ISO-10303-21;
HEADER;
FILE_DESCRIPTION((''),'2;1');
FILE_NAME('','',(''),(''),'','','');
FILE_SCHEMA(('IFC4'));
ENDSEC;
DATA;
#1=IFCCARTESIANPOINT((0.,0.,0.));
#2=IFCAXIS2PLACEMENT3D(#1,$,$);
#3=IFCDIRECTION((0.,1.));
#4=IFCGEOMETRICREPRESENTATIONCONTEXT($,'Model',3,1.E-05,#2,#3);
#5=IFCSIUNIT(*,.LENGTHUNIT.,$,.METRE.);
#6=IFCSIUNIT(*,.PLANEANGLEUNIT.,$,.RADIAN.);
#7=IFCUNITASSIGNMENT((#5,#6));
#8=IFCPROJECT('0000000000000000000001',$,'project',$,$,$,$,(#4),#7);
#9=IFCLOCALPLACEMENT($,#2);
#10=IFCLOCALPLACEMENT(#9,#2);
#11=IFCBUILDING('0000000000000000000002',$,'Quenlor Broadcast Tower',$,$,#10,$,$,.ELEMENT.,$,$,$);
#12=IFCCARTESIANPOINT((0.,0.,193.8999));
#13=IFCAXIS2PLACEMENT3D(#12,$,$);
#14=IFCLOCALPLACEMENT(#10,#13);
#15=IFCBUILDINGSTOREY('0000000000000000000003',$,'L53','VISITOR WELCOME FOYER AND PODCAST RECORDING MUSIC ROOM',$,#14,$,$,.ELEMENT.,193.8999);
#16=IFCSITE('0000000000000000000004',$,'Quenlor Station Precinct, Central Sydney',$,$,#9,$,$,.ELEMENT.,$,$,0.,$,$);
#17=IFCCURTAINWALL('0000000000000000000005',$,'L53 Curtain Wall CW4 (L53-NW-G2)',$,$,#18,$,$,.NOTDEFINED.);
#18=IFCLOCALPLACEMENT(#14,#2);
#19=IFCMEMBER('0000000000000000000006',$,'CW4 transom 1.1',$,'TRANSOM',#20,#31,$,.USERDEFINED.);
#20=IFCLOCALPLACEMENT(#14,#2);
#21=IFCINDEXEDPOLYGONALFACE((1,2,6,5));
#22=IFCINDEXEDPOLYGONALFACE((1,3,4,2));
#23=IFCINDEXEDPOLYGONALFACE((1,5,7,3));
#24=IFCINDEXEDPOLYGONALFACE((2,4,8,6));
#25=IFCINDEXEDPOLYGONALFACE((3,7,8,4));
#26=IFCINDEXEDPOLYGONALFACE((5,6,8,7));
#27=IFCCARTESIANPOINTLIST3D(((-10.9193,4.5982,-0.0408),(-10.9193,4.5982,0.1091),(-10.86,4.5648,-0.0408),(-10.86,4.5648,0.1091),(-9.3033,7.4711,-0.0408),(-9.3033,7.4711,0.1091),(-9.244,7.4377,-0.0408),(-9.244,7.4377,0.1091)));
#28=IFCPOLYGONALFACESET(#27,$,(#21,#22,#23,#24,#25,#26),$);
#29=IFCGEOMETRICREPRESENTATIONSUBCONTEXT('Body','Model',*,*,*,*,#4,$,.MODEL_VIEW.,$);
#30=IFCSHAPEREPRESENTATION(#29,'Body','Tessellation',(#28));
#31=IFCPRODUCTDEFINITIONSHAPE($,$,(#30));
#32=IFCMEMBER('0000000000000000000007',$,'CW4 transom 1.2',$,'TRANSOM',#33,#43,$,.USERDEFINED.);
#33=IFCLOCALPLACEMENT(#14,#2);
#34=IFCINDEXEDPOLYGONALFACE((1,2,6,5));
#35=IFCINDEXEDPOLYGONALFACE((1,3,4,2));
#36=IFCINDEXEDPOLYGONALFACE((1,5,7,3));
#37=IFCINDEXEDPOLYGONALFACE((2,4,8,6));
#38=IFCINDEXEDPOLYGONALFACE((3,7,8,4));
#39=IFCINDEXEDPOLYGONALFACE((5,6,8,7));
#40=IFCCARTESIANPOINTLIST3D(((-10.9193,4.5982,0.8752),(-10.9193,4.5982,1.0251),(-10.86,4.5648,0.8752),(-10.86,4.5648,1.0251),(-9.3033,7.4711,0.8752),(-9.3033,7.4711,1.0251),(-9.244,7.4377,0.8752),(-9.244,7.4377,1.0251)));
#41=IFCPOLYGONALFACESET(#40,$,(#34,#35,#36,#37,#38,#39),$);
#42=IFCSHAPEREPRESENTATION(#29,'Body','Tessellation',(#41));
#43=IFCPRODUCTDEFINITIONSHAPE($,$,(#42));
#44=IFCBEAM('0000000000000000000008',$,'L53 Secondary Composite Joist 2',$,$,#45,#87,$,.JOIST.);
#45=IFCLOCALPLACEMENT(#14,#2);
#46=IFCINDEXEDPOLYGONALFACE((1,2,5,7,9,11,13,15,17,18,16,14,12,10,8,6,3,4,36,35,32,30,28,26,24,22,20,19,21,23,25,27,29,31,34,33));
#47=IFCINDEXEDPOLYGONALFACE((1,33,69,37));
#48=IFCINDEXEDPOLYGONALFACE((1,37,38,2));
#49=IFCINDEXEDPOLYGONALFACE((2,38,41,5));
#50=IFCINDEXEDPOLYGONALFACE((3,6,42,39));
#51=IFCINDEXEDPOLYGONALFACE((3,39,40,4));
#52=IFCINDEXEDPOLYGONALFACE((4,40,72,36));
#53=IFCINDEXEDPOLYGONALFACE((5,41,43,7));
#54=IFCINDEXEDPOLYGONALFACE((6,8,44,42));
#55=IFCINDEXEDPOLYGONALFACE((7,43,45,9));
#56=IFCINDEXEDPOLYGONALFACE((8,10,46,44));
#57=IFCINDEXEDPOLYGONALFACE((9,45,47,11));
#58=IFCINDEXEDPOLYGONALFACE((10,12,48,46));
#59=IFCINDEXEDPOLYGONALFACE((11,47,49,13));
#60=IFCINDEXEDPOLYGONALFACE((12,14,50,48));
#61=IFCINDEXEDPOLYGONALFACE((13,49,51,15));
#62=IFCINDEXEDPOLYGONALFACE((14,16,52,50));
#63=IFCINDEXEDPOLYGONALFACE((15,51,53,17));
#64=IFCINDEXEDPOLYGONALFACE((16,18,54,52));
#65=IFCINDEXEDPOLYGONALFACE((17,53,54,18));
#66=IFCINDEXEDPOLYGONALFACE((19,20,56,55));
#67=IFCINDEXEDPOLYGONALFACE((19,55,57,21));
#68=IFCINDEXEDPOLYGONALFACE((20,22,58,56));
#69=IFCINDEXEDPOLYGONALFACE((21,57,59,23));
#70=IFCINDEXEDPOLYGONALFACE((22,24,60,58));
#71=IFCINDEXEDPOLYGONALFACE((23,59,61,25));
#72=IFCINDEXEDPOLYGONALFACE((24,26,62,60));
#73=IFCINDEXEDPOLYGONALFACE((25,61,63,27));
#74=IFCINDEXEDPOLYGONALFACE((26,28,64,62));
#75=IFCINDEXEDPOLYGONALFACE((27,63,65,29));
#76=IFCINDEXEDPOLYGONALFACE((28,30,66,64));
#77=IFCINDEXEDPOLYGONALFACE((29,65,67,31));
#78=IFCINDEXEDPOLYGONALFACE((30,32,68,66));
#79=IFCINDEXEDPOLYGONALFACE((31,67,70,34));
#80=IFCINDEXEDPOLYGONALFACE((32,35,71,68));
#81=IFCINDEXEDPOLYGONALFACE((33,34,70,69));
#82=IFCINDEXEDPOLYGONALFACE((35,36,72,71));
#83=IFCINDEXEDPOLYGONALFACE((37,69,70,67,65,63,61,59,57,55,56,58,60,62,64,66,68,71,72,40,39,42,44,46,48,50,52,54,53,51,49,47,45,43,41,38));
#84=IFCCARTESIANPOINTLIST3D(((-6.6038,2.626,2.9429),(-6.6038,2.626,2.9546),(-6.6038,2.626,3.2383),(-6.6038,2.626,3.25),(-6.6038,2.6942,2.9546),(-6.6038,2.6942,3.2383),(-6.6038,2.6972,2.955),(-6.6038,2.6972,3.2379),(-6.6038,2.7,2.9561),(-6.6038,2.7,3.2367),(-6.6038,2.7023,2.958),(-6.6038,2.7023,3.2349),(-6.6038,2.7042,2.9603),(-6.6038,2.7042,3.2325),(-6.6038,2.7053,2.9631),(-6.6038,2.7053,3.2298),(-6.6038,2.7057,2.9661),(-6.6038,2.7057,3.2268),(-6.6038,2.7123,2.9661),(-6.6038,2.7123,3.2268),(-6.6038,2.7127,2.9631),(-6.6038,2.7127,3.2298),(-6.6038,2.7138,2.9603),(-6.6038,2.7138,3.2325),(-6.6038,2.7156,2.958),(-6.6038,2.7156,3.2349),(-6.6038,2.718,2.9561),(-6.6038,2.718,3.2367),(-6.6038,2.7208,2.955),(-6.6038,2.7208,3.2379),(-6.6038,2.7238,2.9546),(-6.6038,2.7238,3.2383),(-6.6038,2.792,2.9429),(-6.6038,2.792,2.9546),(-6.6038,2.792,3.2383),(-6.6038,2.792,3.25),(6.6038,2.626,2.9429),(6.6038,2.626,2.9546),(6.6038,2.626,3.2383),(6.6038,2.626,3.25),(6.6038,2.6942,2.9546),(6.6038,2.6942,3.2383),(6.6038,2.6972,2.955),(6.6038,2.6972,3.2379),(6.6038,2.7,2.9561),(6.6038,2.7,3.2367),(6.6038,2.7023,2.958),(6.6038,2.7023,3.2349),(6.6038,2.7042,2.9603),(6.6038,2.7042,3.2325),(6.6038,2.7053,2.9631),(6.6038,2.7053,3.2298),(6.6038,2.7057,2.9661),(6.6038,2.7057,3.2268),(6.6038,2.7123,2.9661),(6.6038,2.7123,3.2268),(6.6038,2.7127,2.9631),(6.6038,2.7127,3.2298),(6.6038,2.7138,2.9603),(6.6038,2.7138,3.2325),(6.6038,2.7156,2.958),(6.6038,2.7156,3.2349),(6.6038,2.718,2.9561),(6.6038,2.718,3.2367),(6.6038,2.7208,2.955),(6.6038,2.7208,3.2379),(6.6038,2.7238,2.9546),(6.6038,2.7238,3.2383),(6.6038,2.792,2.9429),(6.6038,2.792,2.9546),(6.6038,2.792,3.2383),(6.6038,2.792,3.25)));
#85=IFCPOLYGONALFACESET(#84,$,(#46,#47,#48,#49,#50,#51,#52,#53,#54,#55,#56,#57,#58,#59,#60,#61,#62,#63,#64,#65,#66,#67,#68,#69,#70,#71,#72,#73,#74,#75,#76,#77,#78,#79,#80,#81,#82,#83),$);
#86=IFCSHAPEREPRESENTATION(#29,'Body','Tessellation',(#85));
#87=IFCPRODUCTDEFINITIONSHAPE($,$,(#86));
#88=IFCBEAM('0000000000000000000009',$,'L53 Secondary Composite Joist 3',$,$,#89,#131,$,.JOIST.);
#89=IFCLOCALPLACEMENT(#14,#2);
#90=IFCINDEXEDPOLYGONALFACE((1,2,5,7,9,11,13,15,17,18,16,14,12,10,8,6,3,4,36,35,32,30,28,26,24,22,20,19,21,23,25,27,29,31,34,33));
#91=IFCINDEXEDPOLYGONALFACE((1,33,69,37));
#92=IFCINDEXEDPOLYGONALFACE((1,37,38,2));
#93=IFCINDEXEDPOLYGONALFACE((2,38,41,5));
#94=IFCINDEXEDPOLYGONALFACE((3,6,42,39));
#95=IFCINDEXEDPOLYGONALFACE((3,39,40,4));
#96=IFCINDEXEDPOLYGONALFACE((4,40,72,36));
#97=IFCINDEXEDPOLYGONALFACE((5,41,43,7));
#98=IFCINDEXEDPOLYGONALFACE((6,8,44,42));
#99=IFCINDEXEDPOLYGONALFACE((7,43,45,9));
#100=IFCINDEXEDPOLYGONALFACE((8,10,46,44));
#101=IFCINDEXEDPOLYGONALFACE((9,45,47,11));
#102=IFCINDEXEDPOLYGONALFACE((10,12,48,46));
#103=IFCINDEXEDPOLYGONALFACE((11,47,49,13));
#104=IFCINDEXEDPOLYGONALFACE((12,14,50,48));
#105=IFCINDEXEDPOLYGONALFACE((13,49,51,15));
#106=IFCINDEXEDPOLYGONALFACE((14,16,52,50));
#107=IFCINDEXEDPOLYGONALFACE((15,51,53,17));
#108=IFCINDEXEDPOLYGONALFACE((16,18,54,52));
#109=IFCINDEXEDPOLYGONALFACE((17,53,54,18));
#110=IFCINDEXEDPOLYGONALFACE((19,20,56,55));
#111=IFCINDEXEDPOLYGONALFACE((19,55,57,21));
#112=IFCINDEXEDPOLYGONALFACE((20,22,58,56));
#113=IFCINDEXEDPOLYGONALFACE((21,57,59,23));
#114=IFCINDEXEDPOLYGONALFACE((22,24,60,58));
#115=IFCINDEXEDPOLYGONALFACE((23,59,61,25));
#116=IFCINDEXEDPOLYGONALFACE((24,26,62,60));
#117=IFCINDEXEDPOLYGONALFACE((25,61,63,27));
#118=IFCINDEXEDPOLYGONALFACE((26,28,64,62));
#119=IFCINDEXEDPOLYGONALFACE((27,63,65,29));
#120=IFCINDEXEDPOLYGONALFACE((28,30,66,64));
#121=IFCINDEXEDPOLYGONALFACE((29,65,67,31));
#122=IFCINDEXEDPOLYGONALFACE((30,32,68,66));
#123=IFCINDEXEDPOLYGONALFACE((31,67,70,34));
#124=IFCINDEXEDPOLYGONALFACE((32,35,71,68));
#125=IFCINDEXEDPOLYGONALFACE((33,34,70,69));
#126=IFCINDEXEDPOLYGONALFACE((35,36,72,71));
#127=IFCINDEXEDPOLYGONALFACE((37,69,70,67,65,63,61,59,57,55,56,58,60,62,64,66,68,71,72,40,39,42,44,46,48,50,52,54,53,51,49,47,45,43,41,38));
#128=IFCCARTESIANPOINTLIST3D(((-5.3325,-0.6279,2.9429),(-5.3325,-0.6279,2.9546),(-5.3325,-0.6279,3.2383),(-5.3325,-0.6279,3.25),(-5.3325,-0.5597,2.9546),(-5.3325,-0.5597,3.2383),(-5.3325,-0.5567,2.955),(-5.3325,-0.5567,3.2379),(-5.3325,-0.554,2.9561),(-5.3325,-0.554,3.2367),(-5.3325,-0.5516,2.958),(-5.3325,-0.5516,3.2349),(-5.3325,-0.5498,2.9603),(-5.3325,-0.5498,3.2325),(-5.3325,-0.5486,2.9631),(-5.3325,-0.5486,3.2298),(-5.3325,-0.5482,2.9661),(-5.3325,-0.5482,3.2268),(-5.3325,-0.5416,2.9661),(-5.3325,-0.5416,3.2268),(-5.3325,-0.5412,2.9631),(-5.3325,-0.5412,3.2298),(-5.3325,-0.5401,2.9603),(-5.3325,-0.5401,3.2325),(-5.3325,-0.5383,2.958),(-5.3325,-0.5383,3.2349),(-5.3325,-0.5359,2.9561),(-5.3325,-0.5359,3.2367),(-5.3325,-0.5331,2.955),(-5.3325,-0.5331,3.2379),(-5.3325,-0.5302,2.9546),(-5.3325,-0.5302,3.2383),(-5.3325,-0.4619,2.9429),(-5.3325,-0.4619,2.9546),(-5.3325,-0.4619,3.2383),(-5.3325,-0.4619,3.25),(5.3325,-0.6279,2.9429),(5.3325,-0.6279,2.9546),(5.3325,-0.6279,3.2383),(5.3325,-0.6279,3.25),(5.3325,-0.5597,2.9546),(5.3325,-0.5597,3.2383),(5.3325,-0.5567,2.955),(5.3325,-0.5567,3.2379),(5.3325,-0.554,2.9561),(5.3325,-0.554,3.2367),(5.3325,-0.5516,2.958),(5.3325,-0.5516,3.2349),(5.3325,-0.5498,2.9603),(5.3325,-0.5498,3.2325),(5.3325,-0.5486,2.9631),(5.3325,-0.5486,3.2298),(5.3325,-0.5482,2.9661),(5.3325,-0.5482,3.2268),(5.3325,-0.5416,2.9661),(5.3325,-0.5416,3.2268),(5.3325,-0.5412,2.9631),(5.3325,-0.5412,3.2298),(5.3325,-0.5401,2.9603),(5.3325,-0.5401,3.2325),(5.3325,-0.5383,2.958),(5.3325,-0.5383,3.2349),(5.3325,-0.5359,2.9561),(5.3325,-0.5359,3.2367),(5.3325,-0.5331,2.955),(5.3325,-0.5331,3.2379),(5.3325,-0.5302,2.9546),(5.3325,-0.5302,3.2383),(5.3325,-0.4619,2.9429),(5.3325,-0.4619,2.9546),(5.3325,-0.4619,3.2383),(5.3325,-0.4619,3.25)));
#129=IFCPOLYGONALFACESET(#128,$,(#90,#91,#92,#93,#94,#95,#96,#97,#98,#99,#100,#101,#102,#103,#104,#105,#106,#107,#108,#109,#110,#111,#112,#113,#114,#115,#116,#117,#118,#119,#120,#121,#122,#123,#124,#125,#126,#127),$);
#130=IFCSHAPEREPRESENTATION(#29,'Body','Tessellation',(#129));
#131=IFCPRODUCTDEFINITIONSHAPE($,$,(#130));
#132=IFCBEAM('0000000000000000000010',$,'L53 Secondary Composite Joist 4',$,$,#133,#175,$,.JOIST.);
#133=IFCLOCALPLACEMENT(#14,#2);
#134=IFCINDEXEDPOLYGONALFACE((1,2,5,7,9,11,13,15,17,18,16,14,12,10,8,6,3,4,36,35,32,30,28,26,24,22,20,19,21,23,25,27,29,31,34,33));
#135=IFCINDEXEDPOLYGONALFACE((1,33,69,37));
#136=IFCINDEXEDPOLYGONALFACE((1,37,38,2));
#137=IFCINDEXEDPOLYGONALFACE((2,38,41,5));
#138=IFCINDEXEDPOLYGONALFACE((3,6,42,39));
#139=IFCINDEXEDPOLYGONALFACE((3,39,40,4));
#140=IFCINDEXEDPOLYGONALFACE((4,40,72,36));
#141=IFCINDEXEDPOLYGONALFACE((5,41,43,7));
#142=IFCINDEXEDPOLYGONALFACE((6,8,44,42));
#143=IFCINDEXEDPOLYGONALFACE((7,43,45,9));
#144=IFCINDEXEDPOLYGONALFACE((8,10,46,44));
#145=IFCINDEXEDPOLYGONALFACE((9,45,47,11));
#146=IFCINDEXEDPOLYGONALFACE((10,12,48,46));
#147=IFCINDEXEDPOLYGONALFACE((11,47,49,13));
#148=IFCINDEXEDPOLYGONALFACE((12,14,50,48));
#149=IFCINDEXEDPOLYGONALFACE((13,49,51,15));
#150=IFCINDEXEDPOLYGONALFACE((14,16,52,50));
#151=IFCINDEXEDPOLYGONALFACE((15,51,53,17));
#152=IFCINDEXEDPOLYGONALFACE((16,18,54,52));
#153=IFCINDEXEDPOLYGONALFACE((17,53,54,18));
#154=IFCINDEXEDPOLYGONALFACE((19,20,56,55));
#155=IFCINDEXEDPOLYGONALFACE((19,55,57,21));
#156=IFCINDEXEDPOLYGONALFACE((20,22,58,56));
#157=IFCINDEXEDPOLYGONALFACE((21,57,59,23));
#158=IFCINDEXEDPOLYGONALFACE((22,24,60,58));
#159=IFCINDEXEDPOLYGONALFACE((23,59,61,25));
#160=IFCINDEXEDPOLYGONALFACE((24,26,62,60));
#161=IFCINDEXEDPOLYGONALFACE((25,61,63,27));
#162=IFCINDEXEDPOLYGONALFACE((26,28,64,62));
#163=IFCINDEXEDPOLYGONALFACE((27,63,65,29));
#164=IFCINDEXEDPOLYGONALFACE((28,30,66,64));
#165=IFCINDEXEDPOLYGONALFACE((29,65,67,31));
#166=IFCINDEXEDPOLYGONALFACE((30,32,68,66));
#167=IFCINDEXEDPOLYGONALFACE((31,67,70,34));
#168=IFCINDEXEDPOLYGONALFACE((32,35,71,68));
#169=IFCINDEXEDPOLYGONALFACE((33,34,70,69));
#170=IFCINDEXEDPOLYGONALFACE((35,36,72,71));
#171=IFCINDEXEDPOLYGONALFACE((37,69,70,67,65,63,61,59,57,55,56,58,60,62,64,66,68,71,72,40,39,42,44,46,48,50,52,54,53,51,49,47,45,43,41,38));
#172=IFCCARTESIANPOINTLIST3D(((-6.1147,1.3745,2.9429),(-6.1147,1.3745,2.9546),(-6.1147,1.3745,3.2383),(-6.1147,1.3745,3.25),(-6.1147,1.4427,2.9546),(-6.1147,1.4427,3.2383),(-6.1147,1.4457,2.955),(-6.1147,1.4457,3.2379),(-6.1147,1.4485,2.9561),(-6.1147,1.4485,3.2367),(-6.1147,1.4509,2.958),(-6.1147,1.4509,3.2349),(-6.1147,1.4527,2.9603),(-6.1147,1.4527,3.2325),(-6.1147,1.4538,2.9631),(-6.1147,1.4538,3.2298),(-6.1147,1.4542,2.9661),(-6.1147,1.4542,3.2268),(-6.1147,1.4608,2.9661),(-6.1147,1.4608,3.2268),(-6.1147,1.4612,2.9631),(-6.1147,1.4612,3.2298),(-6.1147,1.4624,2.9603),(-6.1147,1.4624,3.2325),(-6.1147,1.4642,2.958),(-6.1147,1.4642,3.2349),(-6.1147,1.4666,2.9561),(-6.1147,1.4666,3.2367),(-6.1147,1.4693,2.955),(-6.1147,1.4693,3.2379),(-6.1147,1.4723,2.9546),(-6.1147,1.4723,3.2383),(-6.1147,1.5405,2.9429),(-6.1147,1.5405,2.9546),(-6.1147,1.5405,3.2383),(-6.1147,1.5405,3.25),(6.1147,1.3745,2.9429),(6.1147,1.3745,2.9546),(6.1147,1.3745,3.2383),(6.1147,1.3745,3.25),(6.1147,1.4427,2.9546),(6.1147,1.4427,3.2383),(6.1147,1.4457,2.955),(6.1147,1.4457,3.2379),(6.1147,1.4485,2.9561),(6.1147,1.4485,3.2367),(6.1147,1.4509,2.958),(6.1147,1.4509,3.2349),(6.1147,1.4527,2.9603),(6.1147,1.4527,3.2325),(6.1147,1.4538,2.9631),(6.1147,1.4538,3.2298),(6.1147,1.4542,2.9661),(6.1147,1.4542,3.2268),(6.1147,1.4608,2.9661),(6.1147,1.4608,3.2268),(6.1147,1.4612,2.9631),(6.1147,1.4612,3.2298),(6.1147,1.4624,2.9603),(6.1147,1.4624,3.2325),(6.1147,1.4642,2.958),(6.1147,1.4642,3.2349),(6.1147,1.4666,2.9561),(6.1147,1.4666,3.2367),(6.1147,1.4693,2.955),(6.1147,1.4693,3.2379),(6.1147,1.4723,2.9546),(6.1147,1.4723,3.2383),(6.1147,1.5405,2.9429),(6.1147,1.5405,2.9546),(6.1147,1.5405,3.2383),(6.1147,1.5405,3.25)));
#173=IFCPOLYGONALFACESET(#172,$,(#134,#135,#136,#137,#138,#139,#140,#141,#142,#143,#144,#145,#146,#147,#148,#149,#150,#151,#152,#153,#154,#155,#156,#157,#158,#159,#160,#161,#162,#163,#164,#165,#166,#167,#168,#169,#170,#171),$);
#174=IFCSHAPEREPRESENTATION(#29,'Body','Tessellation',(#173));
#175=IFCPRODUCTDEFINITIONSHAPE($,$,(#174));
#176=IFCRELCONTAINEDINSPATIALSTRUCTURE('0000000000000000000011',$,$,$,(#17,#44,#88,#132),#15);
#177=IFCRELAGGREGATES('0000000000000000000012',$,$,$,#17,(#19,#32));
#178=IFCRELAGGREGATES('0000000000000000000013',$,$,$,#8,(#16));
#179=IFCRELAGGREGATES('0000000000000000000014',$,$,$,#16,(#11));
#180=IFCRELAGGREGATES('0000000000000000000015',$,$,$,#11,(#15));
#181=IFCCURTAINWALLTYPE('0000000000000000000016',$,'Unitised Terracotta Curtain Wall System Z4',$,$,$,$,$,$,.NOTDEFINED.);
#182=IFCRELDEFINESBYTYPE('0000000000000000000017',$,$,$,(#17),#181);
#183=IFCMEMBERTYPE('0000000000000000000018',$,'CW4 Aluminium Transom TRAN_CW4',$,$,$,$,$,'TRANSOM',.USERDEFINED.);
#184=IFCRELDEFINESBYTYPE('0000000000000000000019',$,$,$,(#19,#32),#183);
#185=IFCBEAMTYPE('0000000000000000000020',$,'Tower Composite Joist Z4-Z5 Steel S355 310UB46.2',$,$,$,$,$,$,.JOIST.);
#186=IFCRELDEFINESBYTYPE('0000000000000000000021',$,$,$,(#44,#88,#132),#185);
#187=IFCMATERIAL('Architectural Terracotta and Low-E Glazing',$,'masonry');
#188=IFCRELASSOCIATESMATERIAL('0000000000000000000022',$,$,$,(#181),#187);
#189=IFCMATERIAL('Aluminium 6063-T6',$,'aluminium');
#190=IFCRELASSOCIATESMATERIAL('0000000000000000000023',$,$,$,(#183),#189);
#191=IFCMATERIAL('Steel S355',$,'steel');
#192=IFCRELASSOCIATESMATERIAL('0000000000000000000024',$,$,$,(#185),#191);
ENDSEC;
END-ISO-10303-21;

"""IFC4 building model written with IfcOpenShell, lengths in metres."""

from ifc_helpers import new_model, si_unit, direction, frame, origin, origin_2d, place, context, subcontext, project, spatial, rectangle, i_section, extrude, material, material_profile, profile_set, type_object, element, aggregate, save


model = new_model("IFC4")

# Units and contexts
model_context = context("Model", 3, precision=1e-05, world=origin(), true_north=direction((0.0, 1.0)))
body_context = subcontext(model_context, "Body", "Model", "MODEL_VIEW")
ifc_project = project(units=[si_unit("LENGTHUNIT", "METRE"), si_unit("PLANEANGLEUNIT", "RADIAN")], contexts=[model_context])

# Site, building, storey
site_placement = place(None, origin())
site = spatial("IfcSite", under=ifc_project, at=site_placement, Name="Quenlor Station Precinct, Central Sydney", CompositionType="ELEMENT", RefElevation=0.0)
building_placement = place(site_placement, origin())
building = spatial("IfcBuilding", under=site, at=building_placement, Name="Quenlor Broadcast Tower", CompositionType="ELEMENT")
storey_placement = place(building_placement, frame((0.0, 0.0, 193.8999)))
storey = spatial("IfcBuildingStorey", under=building, at=storey_placement, Name="L53", Description="VISITOR WELCOME FOYER AND PODCAST RECORDING MUSIC ROOM", CompositionType="ELEMENT", Elevation=193.8999)

# Curtain wall, members
ifc_material_1 = material(Name="Architectural Terracotta and Low-E Glazing", Category="masonry")
curtain_wall_type = type_object("IfcCurtainWallType", Name="Unitised Terracotta Curtain Wall System Z4", PredefinedType="NOTDEFINED", material=ifc_material_1)
curtain_wall_placement = place(storey_placement, origin())
curtain_wall = element("IfcCurtainWall", 1, at=curtain_wall_placement, inside=storey, type_object=curtain_wall_type, Name="L53 Curtain Wall CW4 (L53-NW-G2)", PredefinedType="NOTDEFINED")
ifc_material_2 = material(Name="Aluminium 6063-T6", Category="aluminium")
ifc_material_profile_1 = material_profile(ifc_material_2, rectangle(XDim=0.0681, YDim=0.1499, at=origin_2d()))
ifc_profile_set_1 = profile_set([ifc_material_profile_1], Name="Aluminium 6063-T6 TRAN68x150")
member_type = type_object("IfcMemberType", Name="CW4 Aluminium Transom TRAN_CW4", ElementType="TRANSOM", PredefinedType="USERDEFINED", material=ifc_profile_set_1)
member_1_placement = place(storey_placement, frame((-10.8896, 4.5815, 0.0342), z_axis=(0.490265, 0.871574, 0.0), x_axis=(-0.871574, 0.490265, 0.0)))
member_1 = element("IfcMember", 2, at=member_1_placement, type_object=member_type, Name="CW4 transom 1.1", ObjectType="TRANSOM", PredefinedType="USERDEFINED", context=body_context, shape_type="SweptSolid", body=[
    extrude(rectangle(XDim=0.0681, YDim=0.1499, at=origin_2d()), origin(), (0.0, 0.0, 1.0), 3.2961),
])
member_2_placement = place(storey_placement, frame((-10.8896, 4.5815, 0.9502), z_axis=(0.490265, 0.871574, 0.0), x_axis=(-0.871574, 0.490265, 0.0)))
member_2 = element("IfcMember", 3, at=member_2_placement, type_object=member_type, Name="CW4 transom 1.2", ObjectType="TRANSOM", PredefinedType="USERDEFINED", context=body_context, shape_type="SweptSolid", body=[
    extrude(rectangle(XDim=0.0681, YDim=0.1499, at=origin_2d()), origin(), (0.0, 0.0, 1.0), 3.2961),
])
aggregate(curtain_wall, [member_1, member_2])

# Beams
ifc_material_3 = material(Name="Steel S355", Category="steel")
ifc_material_profile_2 = material_profile(ifc_material_3, i_section(OverallWidth=0.166, OverallDepth=0.3071, WebThickness=0.0066, FlangeThickness=0.0117, FilletRadius=0.0115, at=origin_2d()))
ifc_profile_set_2 = profile_set([ifc_material_profile_2], Name="Steel S355 310UB46.2")
beam_type = type_object("IfcBeamType", Name="Tower Composite Joist Z4-Z5 Steel S355 310UB46.2", PredefinedType="JOIST", material=ifc_profile_set_2)
beam_1_placement = place(storey_placement, frame((-6.6038, 2.709, 3.0964), z_axis=(1.0, 0.0, 0.0), x_axis=(0.0, 1.0, 0.0)))
element("IfcBeam", 4, at=beam_1_placement, inside=storey, type_object=beam_type, Name="L53 Secondary Composite Joist 2", PredefinedType="JOIST", context=body_context, shape_type="SweptSolid", body=[
    extrude(i_section(OverallWidth=0.166, OverallDepth=0.3071, WebThickness=0.0066, FlangeThickness=0.0117, FilletRadius=0.0115, at=origin_2d()), origin(), (0.0, 0.0, 1.0), 13.2075),
])
beam_2_placement = place(storey_placement, frame((-5.3325, -0.5449, 3.0964), z_axis=(1.0, 0.0, 0.0), x_axis=(0.0, 1.0, 0.0)))
element("IfcBeam", 5, at=beam_2_placement, inside=storey, type_object=beam_type, Name="L53 Secondary Composite Joist 3", PredefinedType="JOIST", context=body_context, shape_type="SweptSolid", body=[
    extrude(i_section(OverallWidth=0.166, OverallDepth=0.3071, WebThickness=0.0066, FlangeThickness=0.0117, FilletRadius=0.0115, at=origin_2d()), origin(), (0.0, 0.0, 1.0), 10.665),
])
beam_3_placement = place(storey_placement, frame((-6.1147, 1.4575, 3.0964), z_axis=(1.0, 0.0, 0.0), x_axis=(0.0, 1.0, 0.0)))
element("IfcBeam", 6, at=beam_3_placement, inside=storey, type_object=beam_type, Name="L53 Secondary Composite Joist 4", PredefinedType="JOIST", context=body_context, shape_type="SweptSolid", body=[
    extrude(i_section(OverallWidth=0.166, OverallDepth=0.3071, WebThickness=0.0066, FlangeThickness=0.0117, FilletRadius=0.0115, at=origin_2d()), origin(), (0.0, 0.0, 1.0), 12.2295),
])

save(model, "model.ifc")
